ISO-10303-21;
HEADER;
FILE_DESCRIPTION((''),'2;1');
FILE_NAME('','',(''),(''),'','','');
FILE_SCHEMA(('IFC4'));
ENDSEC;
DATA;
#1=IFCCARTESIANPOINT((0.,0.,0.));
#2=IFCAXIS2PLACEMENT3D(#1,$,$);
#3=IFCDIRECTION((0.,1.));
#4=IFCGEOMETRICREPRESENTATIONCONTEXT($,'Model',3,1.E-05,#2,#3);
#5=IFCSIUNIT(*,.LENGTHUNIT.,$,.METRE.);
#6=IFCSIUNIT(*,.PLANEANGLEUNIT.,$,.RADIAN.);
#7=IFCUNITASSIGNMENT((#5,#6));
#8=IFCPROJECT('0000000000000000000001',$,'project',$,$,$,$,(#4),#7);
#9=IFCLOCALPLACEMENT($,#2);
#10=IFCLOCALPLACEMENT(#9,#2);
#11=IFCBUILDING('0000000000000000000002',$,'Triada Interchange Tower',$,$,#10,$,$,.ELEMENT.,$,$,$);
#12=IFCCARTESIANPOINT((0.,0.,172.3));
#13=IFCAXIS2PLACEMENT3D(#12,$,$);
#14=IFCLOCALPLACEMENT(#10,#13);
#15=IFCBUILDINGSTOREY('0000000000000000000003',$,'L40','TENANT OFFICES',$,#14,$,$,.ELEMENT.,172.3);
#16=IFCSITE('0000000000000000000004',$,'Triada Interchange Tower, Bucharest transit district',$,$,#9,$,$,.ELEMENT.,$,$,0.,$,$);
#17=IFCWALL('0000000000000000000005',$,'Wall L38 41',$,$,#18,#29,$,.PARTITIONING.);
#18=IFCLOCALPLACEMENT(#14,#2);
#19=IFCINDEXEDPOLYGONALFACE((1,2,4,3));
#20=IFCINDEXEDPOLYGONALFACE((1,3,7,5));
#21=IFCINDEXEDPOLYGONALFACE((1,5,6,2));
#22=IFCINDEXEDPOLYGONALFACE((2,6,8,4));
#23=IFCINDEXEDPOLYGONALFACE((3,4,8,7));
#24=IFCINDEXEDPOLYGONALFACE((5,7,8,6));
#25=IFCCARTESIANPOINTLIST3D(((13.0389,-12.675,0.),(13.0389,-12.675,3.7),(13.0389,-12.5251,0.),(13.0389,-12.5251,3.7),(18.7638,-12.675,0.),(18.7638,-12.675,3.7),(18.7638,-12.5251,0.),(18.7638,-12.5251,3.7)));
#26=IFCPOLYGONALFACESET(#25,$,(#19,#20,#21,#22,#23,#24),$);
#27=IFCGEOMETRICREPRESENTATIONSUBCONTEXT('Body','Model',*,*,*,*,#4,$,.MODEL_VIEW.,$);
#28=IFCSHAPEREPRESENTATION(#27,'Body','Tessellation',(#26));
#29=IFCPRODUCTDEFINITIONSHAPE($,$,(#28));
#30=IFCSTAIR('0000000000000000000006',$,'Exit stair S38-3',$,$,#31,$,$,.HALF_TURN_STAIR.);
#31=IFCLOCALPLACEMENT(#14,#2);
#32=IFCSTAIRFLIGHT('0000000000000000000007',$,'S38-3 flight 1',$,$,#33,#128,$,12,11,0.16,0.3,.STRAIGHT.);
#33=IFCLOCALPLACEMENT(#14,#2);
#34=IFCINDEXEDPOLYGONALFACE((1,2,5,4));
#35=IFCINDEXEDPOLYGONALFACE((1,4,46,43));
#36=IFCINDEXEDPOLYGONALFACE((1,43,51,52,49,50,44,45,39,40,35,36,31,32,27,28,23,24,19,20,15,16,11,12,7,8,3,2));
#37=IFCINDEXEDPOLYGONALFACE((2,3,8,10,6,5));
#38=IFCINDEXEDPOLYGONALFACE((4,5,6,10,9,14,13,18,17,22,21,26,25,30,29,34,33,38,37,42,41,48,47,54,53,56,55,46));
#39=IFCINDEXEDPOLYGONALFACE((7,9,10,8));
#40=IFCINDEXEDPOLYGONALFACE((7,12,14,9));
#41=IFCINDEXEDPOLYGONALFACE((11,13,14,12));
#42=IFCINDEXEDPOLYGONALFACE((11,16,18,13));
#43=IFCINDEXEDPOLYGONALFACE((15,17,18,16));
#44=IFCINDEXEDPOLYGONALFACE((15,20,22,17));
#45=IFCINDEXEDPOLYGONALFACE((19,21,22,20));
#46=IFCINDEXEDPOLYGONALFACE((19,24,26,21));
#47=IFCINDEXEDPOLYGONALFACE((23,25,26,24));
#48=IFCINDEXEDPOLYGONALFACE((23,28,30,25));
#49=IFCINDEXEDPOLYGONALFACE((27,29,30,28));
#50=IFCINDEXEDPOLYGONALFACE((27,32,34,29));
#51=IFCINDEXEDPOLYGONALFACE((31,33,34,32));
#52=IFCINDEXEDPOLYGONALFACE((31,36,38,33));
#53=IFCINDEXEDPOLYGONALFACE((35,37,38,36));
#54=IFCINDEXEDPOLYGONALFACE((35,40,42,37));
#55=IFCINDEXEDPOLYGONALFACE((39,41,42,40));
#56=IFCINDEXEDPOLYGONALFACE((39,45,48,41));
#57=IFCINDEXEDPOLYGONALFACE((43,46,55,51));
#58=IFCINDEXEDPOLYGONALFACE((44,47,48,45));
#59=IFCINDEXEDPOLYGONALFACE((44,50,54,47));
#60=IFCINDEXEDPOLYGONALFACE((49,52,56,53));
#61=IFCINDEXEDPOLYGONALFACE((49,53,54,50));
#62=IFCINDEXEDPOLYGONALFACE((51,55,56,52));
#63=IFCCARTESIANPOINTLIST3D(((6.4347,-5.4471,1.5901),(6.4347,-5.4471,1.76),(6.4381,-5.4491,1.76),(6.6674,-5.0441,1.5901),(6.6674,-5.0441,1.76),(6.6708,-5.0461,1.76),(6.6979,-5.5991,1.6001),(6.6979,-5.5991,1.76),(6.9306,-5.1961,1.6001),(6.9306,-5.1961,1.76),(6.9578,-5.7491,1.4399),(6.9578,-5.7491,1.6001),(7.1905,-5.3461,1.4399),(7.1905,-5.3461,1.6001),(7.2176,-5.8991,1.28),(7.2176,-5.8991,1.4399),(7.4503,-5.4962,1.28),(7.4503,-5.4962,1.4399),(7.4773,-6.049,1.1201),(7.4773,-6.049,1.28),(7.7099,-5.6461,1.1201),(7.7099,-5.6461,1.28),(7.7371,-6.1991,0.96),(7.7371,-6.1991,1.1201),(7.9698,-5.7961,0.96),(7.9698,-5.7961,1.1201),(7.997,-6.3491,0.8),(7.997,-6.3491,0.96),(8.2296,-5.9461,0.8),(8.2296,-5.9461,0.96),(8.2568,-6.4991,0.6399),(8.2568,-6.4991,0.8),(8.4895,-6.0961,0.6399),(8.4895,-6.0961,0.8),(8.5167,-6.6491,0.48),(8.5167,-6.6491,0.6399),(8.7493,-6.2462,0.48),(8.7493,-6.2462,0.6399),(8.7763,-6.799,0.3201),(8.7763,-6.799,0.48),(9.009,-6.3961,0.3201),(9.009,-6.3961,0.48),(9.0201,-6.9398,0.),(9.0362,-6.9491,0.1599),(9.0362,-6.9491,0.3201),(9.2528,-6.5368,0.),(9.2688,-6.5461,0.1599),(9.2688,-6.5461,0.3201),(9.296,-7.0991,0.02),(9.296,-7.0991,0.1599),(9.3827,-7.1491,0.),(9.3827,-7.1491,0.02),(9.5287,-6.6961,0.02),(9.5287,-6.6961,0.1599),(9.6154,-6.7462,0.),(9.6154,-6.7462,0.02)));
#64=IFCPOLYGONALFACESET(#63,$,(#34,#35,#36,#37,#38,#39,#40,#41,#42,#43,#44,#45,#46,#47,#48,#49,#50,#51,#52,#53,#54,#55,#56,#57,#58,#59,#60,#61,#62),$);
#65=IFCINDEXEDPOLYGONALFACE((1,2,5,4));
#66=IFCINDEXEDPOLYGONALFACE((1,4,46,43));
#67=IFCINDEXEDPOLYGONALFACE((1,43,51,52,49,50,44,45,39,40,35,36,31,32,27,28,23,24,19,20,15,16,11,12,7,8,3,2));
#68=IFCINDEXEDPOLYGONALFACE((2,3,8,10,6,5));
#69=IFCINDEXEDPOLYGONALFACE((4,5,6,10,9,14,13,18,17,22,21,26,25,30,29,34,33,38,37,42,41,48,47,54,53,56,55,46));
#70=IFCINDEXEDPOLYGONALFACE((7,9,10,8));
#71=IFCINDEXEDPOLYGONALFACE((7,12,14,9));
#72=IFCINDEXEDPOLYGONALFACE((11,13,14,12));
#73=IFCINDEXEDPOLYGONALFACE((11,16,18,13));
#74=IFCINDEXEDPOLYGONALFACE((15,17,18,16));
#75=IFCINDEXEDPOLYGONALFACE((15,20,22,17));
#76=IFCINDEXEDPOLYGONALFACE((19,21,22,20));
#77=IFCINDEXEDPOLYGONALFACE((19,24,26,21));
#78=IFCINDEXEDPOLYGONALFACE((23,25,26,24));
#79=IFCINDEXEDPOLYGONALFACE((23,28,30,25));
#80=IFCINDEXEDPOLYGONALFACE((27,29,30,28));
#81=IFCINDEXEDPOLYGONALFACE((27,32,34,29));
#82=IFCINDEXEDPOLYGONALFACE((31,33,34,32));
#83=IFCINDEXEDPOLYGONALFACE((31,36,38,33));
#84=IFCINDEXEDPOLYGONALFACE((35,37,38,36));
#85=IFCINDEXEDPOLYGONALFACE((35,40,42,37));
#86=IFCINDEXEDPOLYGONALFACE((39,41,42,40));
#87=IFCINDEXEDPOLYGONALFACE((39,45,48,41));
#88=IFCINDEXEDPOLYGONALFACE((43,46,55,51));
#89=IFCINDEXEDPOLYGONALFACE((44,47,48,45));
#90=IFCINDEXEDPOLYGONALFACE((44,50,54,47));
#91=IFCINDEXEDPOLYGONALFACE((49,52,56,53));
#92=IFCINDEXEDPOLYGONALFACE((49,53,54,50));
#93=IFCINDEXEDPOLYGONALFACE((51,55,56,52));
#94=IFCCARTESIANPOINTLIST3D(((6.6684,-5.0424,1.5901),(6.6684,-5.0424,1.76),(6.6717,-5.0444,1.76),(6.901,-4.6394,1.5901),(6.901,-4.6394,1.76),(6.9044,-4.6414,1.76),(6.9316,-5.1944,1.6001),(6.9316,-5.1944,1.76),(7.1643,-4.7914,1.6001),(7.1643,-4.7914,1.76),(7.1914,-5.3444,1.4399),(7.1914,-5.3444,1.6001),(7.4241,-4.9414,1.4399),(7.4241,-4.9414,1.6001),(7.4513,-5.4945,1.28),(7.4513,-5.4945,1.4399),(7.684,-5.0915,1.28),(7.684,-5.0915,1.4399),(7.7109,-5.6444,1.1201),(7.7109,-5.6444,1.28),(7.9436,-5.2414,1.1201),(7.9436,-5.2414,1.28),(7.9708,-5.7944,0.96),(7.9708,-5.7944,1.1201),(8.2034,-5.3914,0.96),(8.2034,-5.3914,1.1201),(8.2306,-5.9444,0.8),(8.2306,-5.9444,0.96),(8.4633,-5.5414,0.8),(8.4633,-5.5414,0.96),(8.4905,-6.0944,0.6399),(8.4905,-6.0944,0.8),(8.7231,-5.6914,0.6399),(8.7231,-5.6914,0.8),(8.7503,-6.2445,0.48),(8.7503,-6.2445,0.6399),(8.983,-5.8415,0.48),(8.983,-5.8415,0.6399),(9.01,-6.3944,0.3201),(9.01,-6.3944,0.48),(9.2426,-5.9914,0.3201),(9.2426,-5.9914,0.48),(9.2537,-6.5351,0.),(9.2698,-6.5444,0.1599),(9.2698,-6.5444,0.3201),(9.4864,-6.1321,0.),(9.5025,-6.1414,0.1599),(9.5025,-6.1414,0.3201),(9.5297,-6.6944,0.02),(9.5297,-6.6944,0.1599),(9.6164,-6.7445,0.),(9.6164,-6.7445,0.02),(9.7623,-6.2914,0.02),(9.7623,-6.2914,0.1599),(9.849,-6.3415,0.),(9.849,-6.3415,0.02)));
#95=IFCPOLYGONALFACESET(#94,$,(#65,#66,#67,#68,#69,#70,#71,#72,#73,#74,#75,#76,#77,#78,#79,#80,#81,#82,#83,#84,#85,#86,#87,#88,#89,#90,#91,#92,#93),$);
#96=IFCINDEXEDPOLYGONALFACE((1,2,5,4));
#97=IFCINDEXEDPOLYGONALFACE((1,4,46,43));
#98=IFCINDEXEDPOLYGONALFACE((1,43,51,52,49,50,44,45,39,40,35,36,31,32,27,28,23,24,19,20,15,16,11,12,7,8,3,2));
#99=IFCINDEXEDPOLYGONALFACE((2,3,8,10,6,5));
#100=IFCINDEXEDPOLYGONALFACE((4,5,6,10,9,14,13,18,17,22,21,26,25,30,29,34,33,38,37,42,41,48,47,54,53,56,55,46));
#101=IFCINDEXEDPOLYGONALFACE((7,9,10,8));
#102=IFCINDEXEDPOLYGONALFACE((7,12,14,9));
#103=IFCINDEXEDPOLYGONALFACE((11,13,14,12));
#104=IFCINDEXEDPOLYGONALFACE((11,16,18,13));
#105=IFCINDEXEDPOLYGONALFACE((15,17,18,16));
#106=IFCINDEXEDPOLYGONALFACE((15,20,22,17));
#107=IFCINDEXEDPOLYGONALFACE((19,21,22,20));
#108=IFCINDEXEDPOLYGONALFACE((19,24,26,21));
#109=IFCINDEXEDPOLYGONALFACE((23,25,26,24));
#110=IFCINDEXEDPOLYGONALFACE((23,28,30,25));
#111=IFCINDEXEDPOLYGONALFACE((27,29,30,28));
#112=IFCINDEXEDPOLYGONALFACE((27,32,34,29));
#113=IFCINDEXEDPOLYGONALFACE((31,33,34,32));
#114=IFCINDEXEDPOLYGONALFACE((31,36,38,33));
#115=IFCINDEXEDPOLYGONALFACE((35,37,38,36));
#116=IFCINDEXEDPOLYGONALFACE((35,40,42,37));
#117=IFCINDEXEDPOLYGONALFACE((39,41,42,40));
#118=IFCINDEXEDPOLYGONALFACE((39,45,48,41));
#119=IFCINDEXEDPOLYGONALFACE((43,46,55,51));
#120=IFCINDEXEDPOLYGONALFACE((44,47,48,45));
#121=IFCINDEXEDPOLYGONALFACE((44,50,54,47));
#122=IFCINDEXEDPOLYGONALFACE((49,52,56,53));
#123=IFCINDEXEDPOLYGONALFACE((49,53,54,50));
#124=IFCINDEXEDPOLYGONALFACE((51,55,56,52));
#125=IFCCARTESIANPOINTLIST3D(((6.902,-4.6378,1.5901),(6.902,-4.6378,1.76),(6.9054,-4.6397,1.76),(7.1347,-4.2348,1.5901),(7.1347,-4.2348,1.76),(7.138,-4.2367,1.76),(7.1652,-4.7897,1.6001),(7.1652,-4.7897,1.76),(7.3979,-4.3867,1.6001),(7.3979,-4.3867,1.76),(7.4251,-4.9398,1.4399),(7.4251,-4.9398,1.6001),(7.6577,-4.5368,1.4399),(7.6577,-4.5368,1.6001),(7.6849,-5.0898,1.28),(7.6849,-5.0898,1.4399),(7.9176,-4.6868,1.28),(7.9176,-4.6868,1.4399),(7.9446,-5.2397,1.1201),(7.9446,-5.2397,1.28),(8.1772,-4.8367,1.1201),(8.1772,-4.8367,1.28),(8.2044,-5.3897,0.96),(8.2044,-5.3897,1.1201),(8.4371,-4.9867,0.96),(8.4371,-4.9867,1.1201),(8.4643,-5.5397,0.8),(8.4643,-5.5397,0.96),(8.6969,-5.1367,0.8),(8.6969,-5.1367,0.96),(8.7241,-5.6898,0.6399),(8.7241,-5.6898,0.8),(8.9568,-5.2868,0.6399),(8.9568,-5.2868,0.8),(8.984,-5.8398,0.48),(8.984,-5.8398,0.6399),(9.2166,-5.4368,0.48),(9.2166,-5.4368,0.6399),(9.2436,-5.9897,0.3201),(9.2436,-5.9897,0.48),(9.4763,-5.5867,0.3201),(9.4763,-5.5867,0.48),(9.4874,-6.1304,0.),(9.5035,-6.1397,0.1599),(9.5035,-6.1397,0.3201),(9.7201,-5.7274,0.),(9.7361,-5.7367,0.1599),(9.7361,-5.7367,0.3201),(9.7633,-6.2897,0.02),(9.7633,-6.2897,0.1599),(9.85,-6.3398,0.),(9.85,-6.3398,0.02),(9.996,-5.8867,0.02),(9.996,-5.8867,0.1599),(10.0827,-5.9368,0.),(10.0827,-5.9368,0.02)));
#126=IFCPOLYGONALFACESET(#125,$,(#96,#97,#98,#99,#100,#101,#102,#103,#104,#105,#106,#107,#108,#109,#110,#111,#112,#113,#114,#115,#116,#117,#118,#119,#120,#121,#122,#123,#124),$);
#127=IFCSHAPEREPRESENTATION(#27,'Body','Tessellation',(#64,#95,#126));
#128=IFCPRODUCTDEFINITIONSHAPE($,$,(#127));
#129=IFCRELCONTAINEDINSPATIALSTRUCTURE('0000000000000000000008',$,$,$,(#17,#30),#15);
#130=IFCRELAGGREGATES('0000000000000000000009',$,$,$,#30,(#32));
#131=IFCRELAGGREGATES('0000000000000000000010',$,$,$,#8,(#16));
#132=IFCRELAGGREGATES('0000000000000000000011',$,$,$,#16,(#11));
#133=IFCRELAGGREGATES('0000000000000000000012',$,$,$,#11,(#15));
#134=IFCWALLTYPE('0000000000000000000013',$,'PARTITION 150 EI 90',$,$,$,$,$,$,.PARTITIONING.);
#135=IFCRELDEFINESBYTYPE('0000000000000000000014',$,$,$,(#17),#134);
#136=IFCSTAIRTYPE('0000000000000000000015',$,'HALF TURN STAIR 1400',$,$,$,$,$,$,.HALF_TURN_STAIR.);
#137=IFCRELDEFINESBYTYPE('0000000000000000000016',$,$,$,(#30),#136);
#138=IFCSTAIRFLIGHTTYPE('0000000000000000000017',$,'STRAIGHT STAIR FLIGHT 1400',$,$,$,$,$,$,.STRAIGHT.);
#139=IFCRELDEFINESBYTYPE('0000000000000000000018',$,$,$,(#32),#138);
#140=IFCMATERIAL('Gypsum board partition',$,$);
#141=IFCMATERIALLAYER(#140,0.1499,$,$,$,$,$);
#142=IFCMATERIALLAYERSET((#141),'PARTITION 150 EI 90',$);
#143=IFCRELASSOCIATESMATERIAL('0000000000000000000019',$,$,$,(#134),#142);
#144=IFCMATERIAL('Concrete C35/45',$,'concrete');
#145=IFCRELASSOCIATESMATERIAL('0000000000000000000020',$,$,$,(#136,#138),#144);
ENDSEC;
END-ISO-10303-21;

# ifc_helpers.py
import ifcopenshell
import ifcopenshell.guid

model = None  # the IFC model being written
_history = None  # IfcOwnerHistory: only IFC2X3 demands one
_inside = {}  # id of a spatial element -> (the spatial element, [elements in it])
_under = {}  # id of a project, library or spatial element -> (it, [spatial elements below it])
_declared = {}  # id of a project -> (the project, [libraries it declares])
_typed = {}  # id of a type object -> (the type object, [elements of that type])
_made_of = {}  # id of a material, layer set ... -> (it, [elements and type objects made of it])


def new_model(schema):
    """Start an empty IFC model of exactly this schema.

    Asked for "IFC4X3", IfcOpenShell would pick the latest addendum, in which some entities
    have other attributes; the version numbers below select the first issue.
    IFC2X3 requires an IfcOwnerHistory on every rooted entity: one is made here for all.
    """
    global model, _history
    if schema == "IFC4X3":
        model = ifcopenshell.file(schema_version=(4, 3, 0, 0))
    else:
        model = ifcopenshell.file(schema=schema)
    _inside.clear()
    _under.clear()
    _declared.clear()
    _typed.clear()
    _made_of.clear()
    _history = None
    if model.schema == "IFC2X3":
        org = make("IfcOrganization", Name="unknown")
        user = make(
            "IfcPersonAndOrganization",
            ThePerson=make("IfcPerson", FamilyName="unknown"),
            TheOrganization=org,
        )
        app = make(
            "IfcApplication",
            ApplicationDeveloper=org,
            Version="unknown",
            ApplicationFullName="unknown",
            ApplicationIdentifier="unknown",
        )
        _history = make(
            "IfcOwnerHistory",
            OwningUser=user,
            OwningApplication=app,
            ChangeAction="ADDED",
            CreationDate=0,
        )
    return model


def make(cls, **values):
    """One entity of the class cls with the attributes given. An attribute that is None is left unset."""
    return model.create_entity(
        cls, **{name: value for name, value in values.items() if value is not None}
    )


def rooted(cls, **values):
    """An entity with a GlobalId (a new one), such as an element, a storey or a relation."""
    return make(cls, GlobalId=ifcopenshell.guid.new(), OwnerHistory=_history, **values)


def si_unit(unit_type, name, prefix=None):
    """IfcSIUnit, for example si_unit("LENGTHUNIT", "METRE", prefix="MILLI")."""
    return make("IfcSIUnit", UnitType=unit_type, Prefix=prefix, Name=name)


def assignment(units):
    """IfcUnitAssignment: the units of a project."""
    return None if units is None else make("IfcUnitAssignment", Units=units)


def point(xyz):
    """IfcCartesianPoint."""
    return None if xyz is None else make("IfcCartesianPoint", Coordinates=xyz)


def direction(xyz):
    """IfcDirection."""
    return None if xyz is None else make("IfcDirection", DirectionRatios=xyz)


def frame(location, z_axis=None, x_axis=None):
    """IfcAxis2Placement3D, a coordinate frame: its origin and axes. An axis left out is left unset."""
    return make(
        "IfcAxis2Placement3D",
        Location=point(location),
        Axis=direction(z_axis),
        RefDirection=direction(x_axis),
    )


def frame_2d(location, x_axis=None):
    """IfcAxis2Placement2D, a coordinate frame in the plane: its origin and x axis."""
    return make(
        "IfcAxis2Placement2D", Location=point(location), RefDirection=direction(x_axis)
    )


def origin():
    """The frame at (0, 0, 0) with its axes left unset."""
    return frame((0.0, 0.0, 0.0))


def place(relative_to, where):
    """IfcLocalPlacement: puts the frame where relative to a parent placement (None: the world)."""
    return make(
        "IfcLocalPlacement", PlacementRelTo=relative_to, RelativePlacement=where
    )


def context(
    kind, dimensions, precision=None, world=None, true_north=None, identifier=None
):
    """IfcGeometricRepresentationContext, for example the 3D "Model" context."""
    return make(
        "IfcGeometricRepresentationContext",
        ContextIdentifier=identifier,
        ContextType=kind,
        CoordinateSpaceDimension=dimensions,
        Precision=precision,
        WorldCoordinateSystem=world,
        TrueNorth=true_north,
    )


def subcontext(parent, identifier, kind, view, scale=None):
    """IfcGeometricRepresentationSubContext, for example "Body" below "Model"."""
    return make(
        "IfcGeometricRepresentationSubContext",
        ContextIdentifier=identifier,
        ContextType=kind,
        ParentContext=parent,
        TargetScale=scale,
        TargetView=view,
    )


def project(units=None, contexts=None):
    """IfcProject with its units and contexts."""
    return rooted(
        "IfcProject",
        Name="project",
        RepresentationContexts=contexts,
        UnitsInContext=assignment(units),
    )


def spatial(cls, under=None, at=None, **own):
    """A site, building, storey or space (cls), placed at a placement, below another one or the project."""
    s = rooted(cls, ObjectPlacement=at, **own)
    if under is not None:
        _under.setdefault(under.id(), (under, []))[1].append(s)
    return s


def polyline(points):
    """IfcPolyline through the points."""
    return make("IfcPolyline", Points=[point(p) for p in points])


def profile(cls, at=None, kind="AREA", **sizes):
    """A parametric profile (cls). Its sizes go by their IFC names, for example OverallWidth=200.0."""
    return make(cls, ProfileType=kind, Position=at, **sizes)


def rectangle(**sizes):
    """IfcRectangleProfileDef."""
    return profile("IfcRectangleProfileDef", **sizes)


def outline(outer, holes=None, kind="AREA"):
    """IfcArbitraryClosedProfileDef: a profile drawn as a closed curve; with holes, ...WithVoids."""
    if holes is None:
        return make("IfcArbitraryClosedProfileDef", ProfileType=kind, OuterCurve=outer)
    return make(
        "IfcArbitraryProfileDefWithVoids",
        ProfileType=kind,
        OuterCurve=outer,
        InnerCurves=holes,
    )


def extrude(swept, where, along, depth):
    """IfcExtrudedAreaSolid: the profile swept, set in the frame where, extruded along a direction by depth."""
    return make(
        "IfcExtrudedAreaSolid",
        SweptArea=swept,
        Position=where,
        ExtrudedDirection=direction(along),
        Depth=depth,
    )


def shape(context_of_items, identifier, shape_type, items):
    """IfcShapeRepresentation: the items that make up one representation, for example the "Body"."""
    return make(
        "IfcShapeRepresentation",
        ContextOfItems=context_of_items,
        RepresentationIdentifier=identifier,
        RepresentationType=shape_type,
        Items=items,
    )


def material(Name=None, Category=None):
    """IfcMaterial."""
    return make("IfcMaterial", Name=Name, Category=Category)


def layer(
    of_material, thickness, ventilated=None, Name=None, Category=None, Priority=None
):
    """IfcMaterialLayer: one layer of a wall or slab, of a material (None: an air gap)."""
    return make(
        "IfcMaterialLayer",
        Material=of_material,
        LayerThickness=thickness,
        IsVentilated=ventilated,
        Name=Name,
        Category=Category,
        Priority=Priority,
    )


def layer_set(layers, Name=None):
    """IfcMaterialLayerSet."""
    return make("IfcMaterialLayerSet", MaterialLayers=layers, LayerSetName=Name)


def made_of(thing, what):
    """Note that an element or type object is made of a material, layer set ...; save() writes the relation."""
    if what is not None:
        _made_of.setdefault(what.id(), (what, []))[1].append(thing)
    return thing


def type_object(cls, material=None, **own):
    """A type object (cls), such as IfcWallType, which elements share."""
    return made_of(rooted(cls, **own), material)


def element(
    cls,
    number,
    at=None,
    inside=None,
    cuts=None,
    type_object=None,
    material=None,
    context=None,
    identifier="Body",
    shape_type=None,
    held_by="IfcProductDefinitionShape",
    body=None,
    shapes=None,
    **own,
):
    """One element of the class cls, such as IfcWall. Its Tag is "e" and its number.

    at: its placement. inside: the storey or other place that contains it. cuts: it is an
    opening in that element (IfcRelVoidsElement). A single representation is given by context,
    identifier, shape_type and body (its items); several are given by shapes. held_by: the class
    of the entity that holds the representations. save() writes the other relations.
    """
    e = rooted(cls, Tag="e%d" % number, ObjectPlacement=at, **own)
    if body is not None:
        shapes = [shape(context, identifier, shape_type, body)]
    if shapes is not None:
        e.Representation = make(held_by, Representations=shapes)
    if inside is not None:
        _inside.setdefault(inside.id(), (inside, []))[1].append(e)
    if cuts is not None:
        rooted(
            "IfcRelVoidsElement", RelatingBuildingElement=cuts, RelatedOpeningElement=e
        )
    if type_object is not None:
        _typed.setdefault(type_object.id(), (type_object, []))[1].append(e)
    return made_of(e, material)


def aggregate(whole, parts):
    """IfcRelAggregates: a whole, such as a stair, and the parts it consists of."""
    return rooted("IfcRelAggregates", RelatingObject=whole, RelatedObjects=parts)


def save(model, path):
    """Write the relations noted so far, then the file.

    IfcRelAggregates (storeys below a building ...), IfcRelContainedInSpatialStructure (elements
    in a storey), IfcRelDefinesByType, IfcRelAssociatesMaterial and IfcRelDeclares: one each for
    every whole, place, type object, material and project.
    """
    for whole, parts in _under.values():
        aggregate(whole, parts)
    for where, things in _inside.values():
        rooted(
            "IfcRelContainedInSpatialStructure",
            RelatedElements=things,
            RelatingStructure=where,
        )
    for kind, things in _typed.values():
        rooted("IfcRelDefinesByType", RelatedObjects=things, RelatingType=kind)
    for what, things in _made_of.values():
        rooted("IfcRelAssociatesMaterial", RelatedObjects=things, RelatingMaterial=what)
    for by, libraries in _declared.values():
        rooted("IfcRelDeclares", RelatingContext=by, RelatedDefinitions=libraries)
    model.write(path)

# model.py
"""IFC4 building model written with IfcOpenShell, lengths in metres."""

from ifc_helpers import new_model, si_unit, direction, frame, frame_2d, origin, place, context, subcontext, project, spatial, polyline, rectangle, outline, extrude, material, layer, layer_set, type_object, element, aggregate, save


model = new_model("IFC4")

# Units and contexts
model_context = context("Model", 3, precision=1e-05, world=origin(), true_north=direction((0.0, 1.0)))
body_context = subcontext(model_context, "Body", "Model", "MODEL_VIEW")
ifc_project = project(units=[si_unit("LENGTHUNIT", "METRE"), si_unit("PLANEANGLEUNIT", "RADIAN")], contexts=[model_context])

# Site, building, storey
site_placement = place(None, origin())
site = spatial("IfcSite", under=ifc_project, at=site_placement, Name="Triada Interchange Tower, Bucharest transit district", CompositionType="ELEMENT", RefElevation=0.0)
building_placement = place(site_placement, origin())
building = spatial("IfcBuilding", under=site, at=building_placement, Name="Triada Interchange Tower", CompositionType="ELEMENT")
storey_placement = place(building_placement, frame((0.0, 0.0, 172.3)))
storey = spatial("IfcBuildingStorey", under=building, at=storey_placement, Name="L40", Description="TENANT OFFICES", CompositionType="ELEMENT", Elevation=172.3)

# Wall
ifc_material_1 = material(Name="Gypsum board partition")
ifc_layer_1 = layer(ifc_material_1, 0.1499)
ifc_layer_set_1 = layer_set([ifc_layer_1], Name="PARTITION 150 EI 90")
wall_type_1 = type_object("IfcWallType", Name="PARTITION 150 EI 90", PredefinedType="PARTITIONING", material=ifc_layer_set_1)
wall_1_placement = place(storey_placement, frame((13.0391, -12.6001, 0.0), z_axis=(0.0, 0.0, 1.0), x_axis=(1.0, 0.0, 0.0)))
element("IfcWall", 1, at=wall_1_placement, inside=storey, type_object=wall_type_1, Name="Wall L38 41", PredefinedType="PARTITIONING", context=body_context, shape_type="SweptSolid", body=[
    extrude(rectangle(XDim=5.7249, YDim=0.1499, at=frame_2d((2.8623, 0.0))), origin(), (0.0, 0.0, 1.0), 3.7),
])

# Stair, stair flight
ifc_material_2 = material(Name="Concrete C35/45", Category="concrete")
stair_type = type_object("IfcStairType", Name="HALF TURN STAIR 1400", PredefinedType="HALF_TURN_STAIR", material=ifc_material_2)
stair_placement = place(storey_placement, origin())
stair = element("IfcStair", 2, at=stair_placement, inside=storey, type_object=stair_type, Name="Exit stair S38-3", PredefinedType="HALF_TURN_STAIR")
stair_flight_type = type_object("IfcStairFlightType", Name="STRAIGHT STAIR FLIGHT 1400", PredefinedType="STRAIGHT", material=ifc_material_2)
stair_flight_1_placement = place(storey_placement, frame((9.646, -6.4929, 0.0), z_axis=(0.0, 0.0, 1.0), x_axis=(-0.866025, 0.5, 0.0)))
stair_flight_1 = element("IfcStairFlight", 3, at=stair_flight_1_placement, type_object=stair_flight_type, Name="S38-3 flight 1", NumberOfRisers=12, NumberOfTreads=11, PredefinedType="STRAIGHT", RiserHeight=0.16, TreadLength=0.3, context=body_context, shape_type="SweptSolid", body=[
    extrude(outline(polyline([(-0.1001, 0.0), (-0.1001, 0.02), (0.0, 0.02), (0.0, 0.1599), (0.3, 0.1599), (0.3, 0.3201), (0.6001, 0.3201), (0.6001, 0.48), (0.8999, 0.48), (0.8999, 0.6399), (1.2, 0.6399), (1.2, 0.8), (1.5, 0.8), (1.5, 0.96), (1.8, 0.96), (1.8, 1.1201), (2.1001, 1.1201), (2.1001, 1.28), (2.3999, 1.28), (2.3999, 1.4399), (2.7, 1.4399), (2.7, 1.6001), (3.0, 1.6001), (3.0, 1.76), (3.3, 1.76), (3.304, 1.76), (3.304, 1.9199), (3.304, 1.5901), (0.3186, 0.0), (-0.1001, 0.0)])), frame((0.0, 0.7, 0.0), z_axis=(0.0, -1.0, 0.0), x_axis=(1.0, 0.0, 0.0)), (0.0, 0.0, 1.0), 0.4653),
    extrude(outline(polyline([(-0.1001, 0.0), (-0.1001, 0.02), (0.0, 0.02), (0.0, 0.1599), (0.3, 0.1599), (0.3, 0.3201), (0.6001, 0.3201), (0.6001, 0.48), (0.8999, 0.48), (0.8999, 0.6399), (1.2, 0.6399), (1.2, 0.8), (1.5, 0.8), (1.5, 0.96), (1.8, 0.96), (1.8, 1.1201), (2.1001, 1.1201), (2.1001, 1.28), (2.3999, 1.28), (2.3999, 1.4399), (2.7, 1.4399), (2.7, 1.6001), (3.0, 1.6001), (3.0, 1.76), (3.3, 1.76), (3.304, 1.76), (3.304, 1.9199), (3.304, 1.5901), (0.3186, 0.0), (-0.1001, 0.0)])), frame((0.0, 0.2327, 0.0), z_axis=(0.0, -1.0, 0.0), x_axis=(1.0, 0.0, 0.0)), (0.0, 0.0, 1.0), 0.4653),
    extrude(outline(polyline([(-0.1001, 0.0), (-0.1001, 0.02), (0.0, 0.02), (0.0, 0.1599), (0.3, 0.1599), (0.3, 0.3201), (0.6001, 0.3201), (0.6001, 0.48), (0.8999, 0.48), (0.8999, 0.6399), (1.2, 0.6399), (1.2, 0.8), (1.5, 0.8), (1.5, 0.96), (1.8, 0.96), (1.8, 1.1201), (2.1001, 1.1201), (2.1001, 1.28), (2.3999, 1.28), (2.3999, 1.4399), (2.7, 1.4399), (2.7, 1.6001), (3.0, 1.6001), (3.0, 1.76), (3.3, 1.76), (3.304, 1.76), (3.304, 1.9199), (3.304, 1.5901), (0.3186, 0.0), (-0.1001, 0.0)])), frame((0.0, -0.2346, 0.0), z_axis=(0.0, -1.0, 0.0), x_axis=(1.0, 0.0, 0.0)), (0.0, 0.0, 1.0), 0.4653),
])
aggregate(stair, [stair_flight_1])

save(model, "model.ifc")
